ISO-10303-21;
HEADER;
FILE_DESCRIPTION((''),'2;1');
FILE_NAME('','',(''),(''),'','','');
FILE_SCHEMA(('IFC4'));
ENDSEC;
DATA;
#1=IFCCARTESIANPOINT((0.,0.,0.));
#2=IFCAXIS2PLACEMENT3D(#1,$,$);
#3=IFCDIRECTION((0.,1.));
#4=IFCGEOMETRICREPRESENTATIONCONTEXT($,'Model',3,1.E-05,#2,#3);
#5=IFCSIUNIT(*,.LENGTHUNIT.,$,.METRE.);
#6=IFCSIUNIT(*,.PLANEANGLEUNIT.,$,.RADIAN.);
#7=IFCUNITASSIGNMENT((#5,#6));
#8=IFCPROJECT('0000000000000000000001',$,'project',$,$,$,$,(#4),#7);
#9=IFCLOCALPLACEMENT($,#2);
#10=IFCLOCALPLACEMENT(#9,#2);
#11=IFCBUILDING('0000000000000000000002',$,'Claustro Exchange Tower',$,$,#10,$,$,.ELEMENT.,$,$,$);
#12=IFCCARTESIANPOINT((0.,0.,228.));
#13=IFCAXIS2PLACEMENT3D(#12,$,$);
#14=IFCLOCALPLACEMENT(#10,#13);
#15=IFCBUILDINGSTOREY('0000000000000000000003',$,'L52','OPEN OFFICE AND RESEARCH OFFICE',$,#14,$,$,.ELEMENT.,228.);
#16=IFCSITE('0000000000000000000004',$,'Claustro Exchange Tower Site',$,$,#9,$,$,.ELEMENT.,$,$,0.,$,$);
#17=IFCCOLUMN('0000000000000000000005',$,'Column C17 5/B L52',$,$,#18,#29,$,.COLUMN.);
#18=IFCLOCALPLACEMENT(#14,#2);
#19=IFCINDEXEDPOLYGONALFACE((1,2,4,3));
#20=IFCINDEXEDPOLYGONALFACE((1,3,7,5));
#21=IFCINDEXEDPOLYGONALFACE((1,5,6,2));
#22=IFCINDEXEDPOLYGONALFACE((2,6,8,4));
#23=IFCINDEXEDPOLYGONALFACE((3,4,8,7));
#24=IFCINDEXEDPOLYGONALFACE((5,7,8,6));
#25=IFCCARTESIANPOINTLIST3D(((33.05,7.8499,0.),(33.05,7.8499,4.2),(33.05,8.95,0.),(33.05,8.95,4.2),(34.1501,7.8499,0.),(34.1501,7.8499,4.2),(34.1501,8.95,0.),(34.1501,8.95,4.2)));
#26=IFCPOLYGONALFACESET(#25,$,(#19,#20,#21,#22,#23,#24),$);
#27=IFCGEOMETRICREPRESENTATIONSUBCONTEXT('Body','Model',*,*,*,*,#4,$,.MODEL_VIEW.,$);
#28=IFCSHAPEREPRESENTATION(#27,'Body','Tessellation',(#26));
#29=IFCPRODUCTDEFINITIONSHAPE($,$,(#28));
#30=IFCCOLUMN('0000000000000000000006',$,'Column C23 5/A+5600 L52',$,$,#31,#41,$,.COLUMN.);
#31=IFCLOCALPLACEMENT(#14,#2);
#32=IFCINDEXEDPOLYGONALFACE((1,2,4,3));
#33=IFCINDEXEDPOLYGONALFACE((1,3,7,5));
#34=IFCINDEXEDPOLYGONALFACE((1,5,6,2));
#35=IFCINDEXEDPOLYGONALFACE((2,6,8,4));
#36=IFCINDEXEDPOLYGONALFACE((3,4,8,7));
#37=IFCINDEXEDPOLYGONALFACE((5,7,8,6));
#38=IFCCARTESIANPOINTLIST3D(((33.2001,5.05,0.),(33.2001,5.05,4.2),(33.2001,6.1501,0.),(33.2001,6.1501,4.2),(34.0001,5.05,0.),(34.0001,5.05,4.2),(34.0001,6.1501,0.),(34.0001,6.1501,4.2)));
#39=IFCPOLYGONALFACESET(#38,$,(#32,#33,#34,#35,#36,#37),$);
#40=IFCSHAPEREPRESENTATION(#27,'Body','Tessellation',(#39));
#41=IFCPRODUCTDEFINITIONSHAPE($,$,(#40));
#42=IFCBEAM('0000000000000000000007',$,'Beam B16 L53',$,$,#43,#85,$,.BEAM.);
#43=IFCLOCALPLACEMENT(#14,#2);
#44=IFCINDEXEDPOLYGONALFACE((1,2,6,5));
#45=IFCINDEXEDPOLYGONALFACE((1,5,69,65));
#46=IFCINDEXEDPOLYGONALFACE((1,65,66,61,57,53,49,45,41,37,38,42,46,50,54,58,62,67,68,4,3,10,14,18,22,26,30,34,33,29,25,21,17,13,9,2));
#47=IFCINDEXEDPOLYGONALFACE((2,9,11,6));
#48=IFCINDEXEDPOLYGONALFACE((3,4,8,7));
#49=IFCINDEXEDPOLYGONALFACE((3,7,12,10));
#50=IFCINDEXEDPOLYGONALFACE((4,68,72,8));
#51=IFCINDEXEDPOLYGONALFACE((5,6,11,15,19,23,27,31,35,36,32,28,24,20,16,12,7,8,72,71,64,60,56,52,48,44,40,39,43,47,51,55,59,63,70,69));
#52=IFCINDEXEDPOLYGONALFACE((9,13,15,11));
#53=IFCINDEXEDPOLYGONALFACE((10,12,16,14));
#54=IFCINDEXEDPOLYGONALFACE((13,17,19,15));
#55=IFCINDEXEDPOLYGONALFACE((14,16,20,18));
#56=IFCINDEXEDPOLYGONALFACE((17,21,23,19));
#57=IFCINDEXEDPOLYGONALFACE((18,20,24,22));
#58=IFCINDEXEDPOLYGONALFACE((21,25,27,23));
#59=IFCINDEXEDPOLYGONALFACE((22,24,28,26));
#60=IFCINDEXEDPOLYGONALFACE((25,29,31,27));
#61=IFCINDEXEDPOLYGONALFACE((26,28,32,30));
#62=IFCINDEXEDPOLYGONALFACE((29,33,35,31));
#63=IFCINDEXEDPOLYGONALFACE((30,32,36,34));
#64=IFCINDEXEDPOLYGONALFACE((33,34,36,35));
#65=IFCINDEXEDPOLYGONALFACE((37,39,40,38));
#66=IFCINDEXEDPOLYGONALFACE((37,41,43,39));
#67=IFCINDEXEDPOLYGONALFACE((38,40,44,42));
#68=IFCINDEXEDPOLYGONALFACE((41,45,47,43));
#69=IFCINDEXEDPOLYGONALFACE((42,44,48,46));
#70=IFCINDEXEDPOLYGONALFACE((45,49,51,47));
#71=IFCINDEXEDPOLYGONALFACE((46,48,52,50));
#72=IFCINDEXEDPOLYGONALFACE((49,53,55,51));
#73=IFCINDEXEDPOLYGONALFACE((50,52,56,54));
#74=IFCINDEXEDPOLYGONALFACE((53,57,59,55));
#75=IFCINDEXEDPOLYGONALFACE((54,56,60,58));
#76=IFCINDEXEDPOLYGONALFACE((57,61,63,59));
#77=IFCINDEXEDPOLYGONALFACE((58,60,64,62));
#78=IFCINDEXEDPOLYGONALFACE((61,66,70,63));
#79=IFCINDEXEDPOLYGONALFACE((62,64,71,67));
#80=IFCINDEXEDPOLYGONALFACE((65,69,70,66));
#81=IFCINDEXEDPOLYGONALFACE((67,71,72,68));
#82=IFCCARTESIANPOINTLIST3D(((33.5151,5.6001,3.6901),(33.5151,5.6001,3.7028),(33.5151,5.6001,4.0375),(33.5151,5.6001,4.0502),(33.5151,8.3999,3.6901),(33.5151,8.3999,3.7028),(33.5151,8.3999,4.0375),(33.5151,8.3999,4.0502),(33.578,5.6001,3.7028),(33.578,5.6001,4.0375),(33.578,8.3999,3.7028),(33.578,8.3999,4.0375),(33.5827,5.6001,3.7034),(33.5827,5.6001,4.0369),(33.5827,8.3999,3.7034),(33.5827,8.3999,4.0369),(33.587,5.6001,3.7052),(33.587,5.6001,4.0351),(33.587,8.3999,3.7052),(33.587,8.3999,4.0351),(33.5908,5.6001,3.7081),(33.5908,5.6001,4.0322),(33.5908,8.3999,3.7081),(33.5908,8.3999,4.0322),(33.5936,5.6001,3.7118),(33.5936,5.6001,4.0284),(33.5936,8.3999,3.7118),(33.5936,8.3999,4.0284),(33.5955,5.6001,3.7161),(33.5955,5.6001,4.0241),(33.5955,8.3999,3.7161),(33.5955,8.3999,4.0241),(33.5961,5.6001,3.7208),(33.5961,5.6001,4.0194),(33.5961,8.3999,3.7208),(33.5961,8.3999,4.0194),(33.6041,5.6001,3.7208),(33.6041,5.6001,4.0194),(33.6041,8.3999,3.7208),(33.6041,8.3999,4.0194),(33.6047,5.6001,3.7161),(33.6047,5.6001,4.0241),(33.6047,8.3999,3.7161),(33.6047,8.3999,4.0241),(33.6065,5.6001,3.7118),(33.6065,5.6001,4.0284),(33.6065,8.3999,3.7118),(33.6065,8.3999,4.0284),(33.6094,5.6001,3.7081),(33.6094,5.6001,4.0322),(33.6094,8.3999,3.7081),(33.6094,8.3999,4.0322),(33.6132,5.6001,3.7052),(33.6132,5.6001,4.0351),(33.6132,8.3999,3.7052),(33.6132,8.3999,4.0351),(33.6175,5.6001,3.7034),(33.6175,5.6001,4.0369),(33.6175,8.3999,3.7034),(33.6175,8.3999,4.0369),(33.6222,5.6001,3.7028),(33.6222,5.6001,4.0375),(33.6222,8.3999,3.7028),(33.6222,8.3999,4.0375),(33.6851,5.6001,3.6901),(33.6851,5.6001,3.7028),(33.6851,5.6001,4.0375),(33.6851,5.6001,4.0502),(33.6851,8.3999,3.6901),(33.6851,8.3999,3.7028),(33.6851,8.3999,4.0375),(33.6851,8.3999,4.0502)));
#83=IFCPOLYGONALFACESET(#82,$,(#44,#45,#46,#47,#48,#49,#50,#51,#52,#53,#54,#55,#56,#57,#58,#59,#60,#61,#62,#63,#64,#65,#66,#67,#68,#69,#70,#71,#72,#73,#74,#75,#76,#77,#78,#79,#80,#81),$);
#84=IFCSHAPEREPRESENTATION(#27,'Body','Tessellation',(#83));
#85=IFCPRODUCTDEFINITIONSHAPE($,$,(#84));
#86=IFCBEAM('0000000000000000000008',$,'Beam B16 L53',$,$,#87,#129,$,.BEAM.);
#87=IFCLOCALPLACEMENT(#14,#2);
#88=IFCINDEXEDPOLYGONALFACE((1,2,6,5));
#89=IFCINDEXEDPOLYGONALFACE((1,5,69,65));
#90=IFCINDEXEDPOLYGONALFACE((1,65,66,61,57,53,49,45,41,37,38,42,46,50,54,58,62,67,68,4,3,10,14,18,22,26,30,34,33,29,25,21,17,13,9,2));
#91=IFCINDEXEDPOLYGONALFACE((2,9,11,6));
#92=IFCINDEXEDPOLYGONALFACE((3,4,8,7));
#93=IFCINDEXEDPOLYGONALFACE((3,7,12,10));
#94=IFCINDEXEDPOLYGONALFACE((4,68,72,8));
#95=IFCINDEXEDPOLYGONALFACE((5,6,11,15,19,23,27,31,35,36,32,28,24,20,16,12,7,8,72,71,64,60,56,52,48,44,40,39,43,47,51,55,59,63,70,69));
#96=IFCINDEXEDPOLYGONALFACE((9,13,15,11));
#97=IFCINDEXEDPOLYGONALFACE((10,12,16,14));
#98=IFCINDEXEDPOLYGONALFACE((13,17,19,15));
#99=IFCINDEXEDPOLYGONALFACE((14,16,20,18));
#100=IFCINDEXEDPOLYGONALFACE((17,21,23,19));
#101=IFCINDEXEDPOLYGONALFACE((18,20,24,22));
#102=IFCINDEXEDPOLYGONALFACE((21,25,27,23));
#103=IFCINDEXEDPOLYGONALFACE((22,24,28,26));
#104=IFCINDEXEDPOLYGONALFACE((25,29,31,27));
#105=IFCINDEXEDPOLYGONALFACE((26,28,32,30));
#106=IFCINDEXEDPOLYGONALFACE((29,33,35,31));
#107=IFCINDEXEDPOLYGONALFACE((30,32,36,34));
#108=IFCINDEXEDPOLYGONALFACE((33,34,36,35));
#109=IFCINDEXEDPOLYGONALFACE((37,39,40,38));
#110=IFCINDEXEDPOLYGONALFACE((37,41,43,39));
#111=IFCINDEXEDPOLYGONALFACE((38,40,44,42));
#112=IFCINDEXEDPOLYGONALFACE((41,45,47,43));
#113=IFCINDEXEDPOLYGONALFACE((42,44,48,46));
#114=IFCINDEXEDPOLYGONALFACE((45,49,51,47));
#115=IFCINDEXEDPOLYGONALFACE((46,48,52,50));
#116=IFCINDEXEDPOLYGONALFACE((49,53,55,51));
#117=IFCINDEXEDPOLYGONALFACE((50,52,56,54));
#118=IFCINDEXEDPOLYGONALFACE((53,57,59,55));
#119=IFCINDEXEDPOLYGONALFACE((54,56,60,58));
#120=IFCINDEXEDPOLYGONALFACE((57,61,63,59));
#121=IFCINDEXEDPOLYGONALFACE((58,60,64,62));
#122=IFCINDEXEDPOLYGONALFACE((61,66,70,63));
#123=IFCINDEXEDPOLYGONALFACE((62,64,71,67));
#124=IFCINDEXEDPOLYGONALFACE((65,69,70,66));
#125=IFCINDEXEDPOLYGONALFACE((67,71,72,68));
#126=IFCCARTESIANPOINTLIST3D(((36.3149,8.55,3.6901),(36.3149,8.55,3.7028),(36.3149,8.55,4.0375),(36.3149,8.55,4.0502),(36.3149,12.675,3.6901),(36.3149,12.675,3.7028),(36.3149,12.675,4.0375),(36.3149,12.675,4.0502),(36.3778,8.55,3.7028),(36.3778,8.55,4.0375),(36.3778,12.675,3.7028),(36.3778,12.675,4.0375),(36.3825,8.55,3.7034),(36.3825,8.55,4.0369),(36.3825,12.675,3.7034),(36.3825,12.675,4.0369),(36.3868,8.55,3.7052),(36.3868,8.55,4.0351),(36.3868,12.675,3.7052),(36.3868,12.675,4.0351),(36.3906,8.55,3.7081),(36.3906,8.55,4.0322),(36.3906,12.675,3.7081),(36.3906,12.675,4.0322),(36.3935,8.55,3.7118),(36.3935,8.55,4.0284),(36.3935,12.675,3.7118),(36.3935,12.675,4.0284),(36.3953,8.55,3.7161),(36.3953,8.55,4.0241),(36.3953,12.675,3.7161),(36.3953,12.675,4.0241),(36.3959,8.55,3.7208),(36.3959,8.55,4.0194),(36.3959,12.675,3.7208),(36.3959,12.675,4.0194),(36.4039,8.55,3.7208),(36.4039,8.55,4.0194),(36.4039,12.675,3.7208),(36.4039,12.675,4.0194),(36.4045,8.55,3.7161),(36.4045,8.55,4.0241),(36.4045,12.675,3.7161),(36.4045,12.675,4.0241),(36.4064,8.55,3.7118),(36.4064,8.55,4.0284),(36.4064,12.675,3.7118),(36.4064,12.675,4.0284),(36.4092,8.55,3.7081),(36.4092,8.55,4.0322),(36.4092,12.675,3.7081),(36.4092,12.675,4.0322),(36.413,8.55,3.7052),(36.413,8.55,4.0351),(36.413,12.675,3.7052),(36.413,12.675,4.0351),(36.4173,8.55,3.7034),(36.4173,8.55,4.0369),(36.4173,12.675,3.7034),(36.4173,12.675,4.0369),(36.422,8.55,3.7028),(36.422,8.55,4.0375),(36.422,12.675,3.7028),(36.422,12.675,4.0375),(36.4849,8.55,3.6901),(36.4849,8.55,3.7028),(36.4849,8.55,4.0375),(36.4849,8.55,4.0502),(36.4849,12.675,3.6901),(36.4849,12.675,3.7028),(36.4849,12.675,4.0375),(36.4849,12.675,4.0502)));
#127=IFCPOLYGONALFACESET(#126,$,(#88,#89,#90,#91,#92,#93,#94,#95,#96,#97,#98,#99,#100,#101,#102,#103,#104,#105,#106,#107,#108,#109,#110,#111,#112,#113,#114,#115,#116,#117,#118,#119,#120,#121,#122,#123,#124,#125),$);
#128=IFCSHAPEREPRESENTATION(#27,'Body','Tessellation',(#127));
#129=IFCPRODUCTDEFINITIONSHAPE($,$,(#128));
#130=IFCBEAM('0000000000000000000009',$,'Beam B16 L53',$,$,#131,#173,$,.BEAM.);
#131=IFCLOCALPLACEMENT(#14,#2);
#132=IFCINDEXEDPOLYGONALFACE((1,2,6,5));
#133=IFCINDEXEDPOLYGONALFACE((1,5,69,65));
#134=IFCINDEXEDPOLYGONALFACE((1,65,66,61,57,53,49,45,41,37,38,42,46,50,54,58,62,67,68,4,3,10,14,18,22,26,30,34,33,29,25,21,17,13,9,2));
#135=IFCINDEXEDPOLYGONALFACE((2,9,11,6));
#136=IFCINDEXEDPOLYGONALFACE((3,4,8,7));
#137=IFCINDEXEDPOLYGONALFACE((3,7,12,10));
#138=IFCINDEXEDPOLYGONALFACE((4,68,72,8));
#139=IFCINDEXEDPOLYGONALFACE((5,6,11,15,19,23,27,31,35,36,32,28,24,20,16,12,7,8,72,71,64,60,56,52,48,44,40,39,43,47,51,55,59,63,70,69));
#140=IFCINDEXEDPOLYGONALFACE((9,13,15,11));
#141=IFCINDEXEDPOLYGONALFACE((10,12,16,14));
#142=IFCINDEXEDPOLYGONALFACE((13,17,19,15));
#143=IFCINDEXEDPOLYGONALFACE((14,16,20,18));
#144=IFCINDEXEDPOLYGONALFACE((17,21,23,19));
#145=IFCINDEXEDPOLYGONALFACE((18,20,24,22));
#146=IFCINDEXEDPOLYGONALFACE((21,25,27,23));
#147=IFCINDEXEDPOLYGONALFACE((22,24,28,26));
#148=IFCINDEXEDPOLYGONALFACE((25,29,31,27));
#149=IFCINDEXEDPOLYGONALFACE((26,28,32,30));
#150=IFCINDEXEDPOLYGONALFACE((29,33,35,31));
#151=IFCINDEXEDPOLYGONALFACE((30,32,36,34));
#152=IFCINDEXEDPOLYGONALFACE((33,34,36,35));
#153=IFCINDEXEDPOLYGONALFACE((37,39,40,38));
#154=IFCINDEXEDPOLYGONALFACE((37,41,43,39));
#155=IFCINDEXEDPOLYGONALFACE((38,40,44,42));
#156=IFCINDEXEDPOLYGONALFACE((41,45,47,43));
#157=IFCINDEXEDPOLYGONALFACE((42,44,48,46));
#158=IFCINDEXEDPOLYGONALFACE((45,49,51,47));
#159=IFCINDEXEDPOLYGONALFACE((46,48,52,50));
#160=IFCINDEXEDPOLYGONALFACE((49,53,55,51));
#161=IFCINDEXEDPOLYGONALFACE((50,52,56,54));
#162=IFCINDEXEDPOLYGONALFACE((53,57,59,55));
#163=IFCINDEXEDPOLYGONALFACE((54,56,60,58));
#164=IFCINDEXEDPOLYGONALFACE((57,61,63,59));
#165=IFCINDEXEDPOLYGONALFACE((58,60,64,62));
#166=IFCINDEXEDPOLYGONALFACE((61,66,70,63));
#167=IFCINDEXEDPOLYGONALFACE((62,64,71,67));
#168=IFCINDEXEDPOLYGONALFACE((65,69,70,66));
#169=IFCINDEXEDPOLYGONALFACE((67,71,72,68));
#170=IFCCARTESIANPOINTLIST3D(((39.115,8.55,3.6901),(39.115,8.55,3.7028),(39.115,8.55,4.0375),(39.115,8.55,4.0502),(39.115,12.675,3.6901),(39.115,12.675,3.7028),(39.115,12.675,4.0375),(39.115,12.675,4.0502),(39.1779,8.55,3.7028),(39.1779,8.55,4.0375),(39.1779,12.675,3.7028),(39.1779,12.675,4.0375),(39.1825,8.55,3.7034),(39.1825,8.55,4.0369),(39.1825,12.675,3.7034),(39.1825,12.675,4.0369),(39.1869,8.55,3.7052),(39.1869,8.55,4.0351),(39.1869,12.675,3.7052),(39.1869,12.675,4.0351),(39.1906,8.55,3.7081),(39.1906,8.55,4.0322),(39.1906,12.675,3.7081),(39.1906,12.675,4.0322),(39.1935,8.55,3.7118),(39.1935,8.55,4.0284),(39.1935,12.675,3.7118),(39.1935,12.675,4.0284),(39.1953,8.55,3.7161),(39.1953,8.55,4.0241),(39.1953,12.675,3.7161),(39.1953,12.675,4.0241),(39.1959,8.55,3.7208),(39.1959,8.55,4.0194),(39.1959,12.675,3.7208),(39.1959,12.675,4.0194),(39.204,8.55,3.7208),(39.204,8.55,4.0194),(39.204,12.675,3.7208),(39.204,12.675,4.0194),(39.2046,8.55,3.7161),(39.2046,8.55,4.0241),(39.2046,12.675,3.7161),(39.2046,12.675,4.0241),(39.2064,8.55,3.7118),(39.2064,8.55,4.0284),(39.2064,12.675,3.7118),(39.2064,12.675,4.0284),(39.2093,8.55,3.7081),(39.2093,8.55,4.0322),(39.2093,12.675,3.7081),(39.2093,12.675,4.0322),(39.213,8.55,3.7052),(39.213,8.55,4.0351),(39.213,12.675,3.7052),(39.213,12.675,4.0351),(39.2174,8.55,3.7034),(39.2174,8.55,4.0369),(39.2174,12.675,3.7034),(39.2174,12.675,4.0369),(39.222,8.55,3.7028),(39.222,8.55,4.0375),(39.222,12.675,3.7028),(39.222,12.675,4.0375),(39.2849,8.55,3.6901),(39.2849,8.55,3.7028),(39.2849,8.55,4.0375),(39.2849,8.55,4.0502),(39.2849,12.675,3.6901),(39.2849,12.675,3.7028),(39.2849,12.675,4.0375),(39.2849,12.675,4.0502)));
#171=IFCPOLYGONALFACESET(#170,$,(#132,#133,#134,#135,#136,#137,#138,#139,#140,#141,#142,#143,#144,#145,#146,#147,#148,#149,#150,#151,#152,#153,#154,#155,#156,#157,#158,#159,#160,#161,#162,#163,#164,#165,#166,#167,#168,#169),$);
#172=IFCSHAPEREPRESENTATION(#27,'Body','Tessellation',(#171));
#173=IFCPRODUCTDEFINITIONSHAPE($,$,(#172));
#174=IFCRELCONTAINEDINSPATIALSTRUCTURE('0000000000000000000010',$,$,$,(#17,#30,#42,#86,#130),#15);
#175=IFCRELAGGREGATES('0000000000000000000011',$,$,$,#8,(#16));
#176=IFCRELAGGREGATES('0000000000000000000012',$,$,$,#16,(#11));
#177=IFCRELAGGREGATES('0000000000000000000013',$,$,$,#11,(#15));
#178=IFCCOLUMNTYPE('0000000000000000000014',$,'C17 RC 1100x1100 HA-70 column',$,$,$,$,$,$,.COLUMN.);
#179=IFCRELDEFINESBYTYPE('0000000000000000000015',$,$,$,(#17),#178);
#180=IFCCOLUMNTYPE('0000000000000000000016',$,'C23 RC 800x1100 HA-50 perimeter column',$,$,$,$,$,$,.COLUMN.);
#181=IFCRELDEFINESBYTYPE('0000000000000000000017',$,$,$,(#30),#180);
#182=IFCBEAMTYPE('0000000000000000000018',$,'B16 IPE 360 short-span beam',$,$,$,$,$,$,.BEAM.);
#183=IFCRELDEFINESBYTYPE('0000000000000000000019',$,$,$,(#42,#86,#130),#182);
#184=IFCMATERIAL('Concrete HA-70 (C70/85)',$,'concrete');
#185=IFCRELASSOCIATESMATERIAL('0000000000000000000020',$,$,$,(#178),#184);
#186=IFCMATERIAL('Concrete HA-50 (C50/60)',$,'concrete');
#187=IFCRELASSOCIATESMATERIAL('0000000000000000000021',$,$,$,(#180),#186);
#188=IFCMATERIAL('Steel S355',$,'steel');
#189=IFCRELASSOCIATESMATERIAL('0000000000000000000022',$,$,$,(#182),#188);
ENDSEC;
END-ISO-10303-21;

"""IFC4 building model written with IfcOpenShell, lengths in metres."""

from ifc_helpers import new_model, si_unit, direction, frame, origin, origin_2d, place, context, subcontext, project, spatial, rectangle, i_section, extrude, material, material_profile, profile_set, type_object, element, save


model = new_model("IFC4")

# Units and contexts
model_context = context("Model", 3, precision=1e-05, world=origin(), true_north=direction((0.0, 1.0)))
body_context = subcontext(model_context, "Body", "Model", "MODEL_VIEW")
ifc_project = project(units=[si_unit("LENGTHUNIT", "METRE"), si_unit("PLANEANGLEUNIT", "RADIAN")], contexts=[model_context])

# Site, building, storey
site_placement = place(None, origin())
site = spatial("IfcSite", under=ifc_project, at=site_placement, Name="Claustro Exchange Tower Site", CompositionType="ELEMENT", RefElevation=0.0)
building_placement = place(site_placement, origin())
building = spatial("IfcBuilding", under=site, at=building_placement, Name="Claustro Exchange Tower", CompositionType="ELEMENT")
storey_placement = place(building_placement, frame((0.0, 0.0, 228.0)))
storey = spatial("IfcBuildingStorey", under=building, at=storey_placement, Name="L52", Description="OPEN OFFICE AND RESEARCH OFFICE", CompositionType="ELEMENT", Elevation=228.0)

# Columns
ifc_material_1 = material(Name="Concrete HA-70 (C70/85)", Category="concrete")
ifc_material_profile_1 = material_profile(ifc_material_1, rectangle(XDim=1.1001, YDim=1.1001, at=origin_2d()), Name="RC 1100x1100")
ifc_profile_set_1 = profile_set([ifc_material_profile_1], Name="Concrete HA-70 (C70/85)")
column_type_1 = type_object("IfcColumnType", Name="C17 RC 1100x1100 HA-70 column", PredefinedType="COLUMN", material=ifc_profile_set_1)
column_1_placement = place(storey_placement, frame((33.6001, 8.3999, 0.0), z_axis=(0.0, 0.0, 1.0), x_axis=(1.0, 0.0, 0.0)))
element("IfcColumn", 1, at=column_1_placement, inside=storey, type_object=column_type_1, Name="Column C17 5/B L52", PredefinedType="COLUMN", context=body_context, shape_type="SweptSolid", body=[
    extrude(rectangle(XDim=1.1001, YDim=1.1001, at=origin_2d()), origin(), (0.0, 0.0, 1.0), 4.2),
])
ifc_material_2 = material(Name="Concrete HA-50 (C50/60)", Category="concrete")
ifc_material_profile_2 = material_profile(ifc_material_2, rectangle(XDim=0.8, YDim=1.1001, at=origin_2d()), Name="RC 800x1100")
ifc_profile_set_2 = profile_set([ifc_material_profile_2], Name="Concrete HA-50 (C50/60)")
column_type_2 = type_object("IfcColumnType", Name="C23 RC 800x1100 HA-50 perimeter column", PredefinedType="COLUMN", material=ifc_profile_set_2)
column_2_placement = place(storey_placement, frame((33.6001, 5.6001, 0.0), z_axis=(0.0, 0.0, 1.0), x_axis=(1.0, 0.0, 0.0)))
element("IfcColumn", 2, at=column_2_placement, inside=storey, type_object=column_type_2, Name="Column C23 5/A+5600 L52", PredefinedType="COLUMN", context=body_context, shape_type="SweptSolid", body=[
    extrude(rectangle(XDim=0.8, YDim=1.1001, at=origin_2d()), origin(), (0.0, 0.0, 1.0), 4.2),
])

# Beams
ifc_material_3 = material(Name="Steel S355", Category="steel")
ifc_material_profile_3 = material_profile(ifc_material_3, i_section(OverallWidth=0.1699, OverallDepth=0.3601, WebThickness=0.0081, FlangeThickness=0.0127, FilletRadius=0.0181, at=origin_2d()), Name="IPE 360")
ifc_profile_set_3 = profile_set([ifc_material_profile_3], Name="Steel S355")
beam_type_1 = type_object("IfcBeamType", Name="B16 IPE 360 short-span beam", PredefinedType="BEAM", material=ifc_profile_set_3)
beam_1_placement = place(storey_placement, frame((33.6001, 5.6001, 3.8701), z_axis=(0.0, 1.0, 0.0), x_axis=(-1.0, 0.0, 0.0)))
element("IfcBeam", 3, at=beam_1_placement, inside=storey, type_object=beam_type_1, Name="Beam B16 L53", PredefinedType="BEAM", context=body_context, shape_type="SweptSolid", body=[
    extrude(i_section(OverallWidth=0.1699, OverallDepth=0.3601, WebThickness=0.0081, FlangeThickness=0.0127, FilletRadius=0.0181, at=origin_2d()), origin(), (0.0, 0.0, 1.0), 2.7998),
])
for number, where, z_axis, x_axis, name in (
    (4, (36.3999, 8.55, 3.8701), (0.0, 1.0, 0.0), (-1.0, 0.0, 0.0), "Beam B16 L53"),
    (5, (39.2, 8.55, 3.8701), (0.0, 1.0, 0.0), (-1.0, 0.0, 0.0), "Beam B16 L53"),
):
    element("IfcBeam", number, at=place(storey_placement, frame(where, z_axis=z_axis, x_axis=x_axis)), inside=storey, type_object=beam_type_1, Name=name, PredefinedType="BEAM", context=body_context, shape_type="SweptSolid", body=[
        extrude(i_section(OverallWidth=0.1699, OverallDepth=0.3601, WebThickness=0.0081, FlangeThickness=0.0127, FilletRadius=0.0181, at=origin_2d()), origin(), (0.0, 0.0, 1.0), 4.125),
    ])

save(model, "model.ifc")
